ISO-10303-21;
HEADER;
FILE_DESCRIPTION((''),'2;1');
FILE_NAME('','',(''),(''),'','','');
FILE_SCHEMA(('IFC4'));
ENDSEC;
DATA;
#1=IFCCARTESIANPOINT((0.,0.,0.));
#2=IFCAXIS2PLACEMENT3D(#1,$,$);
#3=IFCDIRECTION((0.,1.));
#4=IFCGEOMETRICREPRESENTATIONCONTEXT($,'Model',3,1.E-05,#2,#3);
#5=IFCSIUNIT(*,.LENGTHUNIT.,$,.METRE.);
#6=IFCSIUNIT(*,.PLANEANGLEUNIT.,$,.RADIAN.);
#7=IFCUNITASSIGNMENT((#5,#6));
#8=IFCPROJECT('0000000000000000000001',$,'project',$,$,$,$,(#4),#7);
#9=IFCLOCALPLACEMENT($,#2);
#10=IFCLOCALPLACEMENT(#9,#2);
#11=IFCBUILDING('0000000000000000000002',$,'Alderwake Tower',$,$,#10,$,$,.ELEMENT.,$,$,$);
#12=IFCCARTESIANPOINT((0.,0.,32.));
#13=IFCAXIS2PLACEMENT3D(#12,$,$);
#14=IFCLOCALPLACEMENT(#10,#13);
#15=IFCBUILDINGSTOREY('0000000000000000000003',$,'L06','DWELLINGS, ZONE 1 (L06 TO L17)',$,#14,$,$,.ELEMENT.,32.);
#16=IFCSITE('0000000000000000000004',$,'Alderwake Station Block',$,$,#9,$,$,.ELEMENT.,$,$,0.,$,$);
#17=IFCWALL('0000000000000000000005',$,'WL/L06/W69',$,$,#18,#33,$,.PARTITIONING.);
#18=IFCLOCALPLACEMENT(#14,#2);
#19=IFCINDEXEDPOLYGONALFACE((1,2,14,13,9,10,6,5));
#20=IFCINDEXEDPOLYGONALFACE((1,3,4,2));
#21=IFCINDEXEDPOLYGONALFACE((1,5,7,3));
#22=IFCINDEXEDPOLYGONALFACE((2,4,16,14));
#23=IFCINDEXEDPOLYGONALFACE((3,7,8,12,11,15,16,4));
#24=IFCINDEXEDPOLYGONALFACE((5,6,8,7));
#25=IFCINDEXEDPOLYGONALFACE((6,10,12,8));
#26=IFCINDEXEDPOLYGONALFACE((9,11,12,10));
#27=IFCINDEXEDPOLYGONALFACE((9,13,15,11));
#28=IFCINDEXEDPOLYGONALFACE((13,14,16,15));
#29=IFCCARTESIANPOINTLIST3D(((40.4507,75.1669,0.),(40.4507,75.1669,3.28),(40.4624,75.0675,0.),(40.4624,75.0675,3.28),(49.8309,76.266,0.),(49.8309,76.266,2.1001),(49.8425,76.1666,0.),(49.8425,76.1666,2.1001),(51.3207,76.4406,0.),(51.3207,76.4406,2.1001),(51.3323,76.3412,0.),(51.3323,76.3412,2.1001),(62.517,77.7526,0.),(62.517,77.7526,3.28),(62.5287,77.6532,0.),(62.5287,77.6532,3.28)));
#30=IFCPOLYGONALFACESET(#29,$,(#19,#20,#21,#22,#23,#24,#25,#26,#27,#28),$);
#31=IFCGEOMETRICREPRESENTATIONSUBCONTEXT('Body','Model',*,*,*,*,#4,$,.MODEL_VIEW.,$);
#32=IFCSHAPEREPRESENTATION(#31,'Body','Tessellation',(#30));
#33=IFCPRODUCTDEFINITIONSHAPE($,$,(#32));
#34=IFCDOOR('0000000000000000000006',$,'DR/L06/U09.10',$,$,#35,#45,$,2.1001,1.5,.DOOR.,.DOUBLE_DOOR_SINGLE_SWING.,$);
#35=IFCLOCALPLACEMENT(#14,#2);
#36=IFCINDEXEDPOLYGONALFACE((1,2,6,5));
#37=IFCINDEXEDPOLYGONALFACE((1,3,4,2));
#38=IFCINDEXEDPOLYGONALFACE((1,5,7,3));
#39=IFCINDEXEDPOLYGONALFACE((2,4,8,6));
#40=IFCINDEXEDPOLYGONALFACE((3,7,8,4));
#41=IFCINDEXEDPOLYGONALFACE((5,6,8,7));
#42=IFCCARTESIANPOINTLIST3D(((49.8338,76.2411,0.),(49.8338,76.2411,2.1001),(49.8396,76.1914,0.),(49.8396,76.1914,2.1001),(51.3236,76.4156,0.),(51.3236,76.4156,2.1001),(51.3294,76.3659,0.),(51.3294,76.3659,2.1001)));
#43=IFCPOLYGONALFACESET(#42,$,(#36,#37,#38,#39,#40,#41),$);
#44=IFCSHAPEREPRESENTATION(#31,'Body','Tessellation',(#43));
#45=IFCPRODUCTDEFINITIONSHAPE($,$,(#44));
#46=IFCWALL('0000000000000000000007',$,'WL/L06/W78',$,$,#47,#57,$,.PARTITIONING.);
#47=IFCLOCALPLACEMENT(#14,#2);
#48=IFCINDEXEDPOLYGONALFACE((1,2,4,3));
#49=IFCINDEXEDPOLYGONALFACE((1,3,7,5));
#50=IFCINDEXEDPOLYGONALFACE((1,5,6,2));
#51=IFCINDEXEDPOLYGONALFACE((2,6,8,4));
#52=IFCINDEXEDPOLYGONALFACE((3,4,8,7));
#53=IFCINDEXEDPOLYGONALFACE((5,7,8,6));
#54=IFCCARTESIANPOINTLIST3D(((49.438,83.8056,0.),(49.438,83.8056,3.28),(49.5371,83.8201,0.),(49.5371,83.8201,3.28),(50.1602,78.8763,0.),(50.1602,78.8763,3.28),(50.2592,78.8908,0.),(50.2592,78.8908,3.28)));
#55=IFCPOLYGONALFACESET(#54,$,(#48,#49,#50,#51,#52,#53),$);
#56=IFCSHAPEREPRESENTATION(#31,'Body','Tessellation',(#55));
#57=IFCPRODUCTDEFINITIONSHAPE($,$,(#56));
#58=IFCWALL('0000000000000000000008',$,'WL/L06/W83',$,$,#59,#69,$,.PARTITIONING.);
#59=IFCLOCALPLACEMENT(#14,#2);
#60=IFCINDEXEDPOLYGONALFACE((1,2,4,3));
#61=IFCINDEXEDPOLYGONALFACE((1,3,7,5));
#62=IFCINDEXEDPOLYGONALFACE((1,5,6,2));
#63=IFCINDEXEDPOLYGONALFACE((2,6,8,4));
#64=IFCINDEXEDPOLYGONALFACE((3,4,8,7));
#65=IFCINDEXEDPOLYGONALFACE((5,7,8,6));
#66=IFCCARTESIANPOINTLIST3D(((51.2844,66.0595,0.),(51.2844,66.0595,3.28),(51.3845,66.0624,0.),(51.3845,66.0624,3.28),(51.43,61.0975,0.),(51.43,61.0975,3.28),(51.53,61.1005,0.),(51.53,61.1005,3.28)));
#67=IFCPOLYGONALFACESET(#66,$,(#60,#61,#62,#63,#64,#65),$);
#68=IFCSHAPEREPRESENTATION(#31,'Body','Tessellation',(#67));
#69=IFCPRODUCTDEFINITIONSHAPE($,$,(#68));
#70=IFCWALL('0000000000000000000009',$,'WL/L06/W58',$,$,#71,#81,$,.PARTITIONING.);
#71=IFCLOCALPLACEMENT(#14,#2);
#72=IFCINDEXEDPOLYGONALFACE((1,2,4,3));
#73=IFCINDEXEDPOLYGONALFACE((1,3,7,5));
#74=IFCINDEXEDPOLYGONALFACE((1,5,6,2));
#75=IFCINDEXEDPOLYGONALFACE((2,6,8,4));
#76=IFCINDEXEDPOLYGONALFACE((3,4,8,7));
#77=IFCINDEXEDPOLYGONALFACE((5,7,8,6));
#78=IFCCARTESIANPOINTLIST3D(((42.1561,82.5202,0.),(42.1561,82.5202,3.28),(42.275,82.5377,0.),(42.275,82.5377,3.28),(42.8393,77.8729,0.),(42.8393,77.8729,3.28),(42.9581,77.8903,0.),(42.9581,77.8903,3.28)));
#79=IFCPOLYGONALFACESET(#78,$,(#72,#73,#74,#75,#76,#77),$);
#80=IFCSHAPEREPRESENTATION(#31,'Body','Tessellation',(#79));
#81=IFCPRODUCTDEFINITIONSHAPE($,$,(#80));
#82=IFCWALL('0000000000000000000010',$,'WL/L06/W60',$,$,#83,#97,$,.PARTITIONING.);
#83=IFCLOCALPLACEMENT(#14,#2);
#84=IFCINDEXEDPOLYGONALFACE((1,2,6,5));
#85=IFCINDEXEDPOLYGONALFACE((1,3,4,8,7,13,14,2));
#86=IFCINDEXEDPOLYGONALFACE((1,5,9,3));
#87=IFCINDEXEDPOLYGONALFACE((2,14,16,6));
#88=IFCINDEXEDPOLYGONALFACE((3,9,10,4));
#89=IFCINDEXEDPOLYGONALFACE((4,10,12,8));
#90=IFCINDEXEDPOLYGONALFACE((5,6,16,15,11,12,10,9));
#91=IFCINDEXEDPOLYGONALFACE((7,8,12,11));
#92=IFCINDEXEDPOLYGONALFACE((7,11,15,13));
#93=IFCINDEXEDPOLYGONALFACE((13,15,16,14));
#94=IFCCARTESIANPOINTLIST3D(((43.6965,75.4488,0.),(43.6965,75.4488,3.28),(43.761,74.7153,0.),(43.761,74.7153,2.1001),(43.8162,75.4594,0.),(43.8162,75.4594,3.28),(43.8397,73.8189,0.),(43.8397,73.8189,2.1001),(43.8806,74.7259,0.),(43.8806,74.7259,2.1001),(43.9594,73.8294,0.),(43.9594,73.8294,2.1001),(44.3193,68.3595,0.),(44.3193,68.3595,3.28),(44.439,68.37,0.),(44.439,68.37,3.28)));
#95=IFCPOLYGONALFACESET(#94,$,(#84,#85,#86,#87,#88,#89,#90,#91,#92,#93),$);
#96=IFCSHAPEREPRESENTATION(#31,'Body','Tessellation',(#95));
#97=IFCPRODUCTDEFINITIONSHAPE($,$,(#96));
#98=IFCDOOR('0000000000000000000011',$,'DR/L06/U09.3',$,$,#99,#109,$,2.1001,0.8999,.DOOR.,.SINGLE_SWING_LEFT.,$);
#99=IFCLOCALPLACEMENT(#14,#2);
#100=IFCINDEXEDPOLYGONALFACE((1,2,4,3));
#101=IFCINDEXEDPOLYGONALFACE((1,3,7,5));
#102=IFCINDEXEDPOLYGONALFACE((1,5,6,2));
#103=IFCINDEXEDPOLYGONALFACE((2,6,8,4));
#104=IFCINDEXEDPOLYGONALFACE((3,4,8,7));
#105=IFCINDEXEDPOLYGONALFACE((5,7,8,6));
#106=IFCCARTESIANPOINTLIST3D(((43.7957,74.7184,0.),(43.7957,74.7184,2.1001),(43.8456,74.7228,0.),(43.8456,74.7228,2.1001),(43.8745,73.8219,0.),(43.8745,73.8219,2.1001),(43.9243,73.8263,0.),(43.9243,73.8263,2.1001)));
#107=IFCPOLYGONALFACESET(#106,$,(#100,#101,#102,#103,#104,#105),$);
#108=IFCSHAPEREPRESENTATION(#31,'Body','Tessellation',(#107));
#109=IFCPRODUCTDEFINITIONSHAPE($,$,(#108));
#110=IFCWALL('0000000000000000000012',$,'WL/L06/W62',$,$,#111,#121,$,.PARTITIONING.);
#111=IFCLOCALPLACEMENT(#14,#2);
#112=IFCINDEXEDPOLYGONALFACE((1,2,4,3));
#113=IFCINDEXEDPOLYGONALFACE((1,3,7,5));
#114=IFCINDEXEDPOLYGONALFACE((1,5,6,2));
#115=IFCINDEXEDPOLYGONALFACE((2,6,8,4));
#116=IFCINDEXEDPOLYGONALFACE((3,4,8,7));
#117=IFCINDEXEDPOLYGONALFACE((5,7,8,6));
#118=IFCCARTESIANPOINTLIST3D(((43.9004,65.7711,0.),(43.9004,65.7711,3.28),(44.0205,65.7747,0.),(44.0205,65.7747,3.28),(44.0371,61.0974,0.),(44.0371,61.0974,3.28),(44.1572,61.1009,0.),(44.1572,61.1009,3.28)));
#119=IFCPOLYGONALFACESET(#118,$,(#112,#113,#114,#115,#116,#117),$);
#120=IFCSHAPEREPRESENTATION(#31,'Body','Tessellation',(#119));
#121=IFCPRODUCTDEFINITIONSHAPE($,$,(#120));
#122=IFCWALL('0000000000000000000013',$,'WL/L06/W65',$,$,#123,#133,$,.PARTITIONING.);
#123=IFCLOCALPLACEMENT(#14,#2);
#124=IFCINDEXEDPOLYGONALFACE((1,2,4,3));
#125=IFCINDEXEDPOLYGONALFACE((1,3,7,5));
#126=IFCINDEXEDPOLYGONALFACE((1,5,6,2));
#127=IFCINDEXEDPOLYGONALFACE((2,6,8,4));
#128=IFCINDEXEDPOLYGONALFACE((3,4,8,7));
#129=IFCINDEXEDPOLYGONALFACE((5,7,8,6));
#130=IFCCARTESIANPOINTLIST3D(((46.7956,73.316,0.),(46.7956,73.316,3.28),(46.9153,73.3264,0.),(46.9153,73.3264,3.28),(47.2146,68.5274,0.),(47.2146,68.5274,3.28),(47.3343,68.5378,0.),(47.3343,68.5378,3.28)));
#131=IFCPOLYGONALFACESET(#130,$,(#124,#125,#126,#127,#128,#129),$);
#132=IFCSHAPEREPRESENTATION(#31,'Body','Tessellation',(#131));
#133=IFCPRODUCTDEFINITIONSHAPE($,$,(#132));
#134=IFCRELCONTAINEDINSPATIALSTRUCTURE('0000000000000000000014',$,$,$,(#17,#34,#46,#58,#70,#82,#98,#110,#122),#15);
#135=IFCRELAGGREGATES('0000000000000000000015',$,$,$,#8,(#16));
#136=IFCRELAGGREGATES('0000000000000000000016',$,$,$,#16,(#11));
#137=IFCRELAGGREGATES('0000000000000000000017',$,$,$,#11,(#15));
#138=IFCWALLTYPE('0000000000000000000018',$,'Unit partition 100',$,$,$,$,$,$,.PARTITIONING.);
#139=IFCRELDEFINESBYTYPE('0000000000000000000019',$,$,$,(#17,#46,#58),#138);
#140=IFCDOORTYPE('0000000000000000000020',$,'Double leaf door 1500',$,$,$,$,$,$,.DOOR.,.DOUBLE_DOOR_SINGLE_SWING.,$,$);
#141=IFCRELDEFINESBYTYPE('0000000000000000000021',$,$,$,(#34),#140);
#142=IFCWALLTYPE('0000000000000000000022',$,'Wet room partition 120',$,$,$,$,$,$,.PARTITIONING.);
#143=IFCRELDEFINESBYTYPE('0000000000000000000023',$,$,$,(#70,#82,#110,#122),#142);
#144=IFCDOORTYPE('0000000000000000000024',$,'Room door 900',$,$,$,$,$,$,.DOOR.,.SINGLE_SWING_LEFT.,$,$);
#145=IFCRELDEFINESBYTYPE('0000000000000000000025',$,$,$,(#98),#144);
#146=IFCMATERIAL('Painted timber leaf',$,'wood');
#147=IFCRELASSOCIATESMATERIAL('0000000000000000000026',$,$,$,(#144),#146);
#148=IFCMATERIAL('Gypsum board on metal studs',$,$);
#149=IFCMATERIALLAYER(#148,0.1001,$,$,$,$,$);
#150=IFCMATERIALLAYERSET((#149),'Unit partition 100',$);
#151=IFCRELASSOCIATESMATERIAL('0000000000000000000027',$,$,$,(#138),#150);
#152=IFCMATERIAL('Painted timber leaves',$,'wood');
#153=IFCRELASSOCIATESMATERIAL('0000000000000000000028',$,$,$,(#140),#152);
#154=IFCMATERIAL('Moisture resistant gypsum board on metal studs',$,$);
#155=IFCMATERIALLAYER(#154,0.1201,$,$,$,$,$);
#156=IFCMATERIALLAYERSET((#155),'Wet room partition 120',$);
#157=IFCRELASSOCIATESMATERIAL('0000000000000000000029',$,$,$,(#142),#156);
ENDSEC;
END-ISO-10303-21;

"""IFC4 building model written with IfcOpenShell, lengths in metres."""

from ifc_helpers import new_model, si_unit, direction, frame, frame_2d, origin, place, context, subcontext, project, spatial, rectangle, extrude, material, layer, layer_set, type_object, element, fill, save


model = new_model("IFC4")

# Units and contexts
model_context = context("Model", 3, precision=1e-05, world=origin(), true_north=direction((0.0, 1.0)))
body_context = subcontext(model_context, "Body", "Model", "MODEL_VIEW")
ifc_project = project(units=[si_unit("LENGTHUNIT", "METRE"), si_unit("PLANEANGLEUNIT", "RADIAN")], contexts=[model_context])

# Site, building, storey
site_placement = place(None, origin())
site = spatial("IfcSite", under=ifc_project, at=site_placement, Name="Alderwake Station Block", CompositionType="ELEMENT", RefElevation=0.0)
building_placement = place(site_placement, origin())
building = spatial("IfcBuilding", under=site, at=building_placement, Name="Alderwake Tower", CompositionType="ELEMENT")
storey_placement = place(building_placement, frame((0.0, 0.0, 32.0)))
storey = spatial("IfcBuildingStorey", under=building, at=storey_placement, Name="L06", Description="DWELLINGS, ZONE 1 (L06 TO L17)", CompositionType="ELEMENT", Elevation=32.0)

# Shared definitions
ifc_material_1 = material(Name="Painted timber leaf", Category="wood")
door_type_1 = type_object("IfcDoorType", Name="Room door 900", OperationType="SINGLE_SWING_LEFT", PredefinedType="DOOR", material=ifc_material_1)

# Shared definitions
ifc_material_2 = material(Name="Gypsum board on metal studs")
ifc_layer_1 = layer(ifc_material_2, 0.1001)
ifc_layer_set_1 = layer_set([ifc_layer_1], Name="Unit partition 100")
wall_type_1 = type_object("IfcWallType", Name="Unit partition 100", PredefinedType="PARTITIONING", material=ifc_layer_set_1)

# Wall, opening, door
wall_1_placement = place(storey_placement, frame((40.4565, 75.1172, 0.0), z_axis=(0.0, 0.0, 1.0), x_axis=(0.993205, 0.116382, 0.0)))
wall_1 = element("IfcWall", 1, at=wall_1_placement, inside=storey, type_object=wall_type_1, Name="WL/L06/W69", PredefinedType="PARTITIONING", context=body_context, shape_type="SweptSolid", body=[
    extrude(rectangle(XDim=22.2173, YDim=0.1001, at=frame_2d((11.1086, 0.0))), origin(), (0.0, 0.0, 1.0), 3.28),
])
opening_1_placement = place(wall_1_placement, frame((9.4443, 0.0, 0.0)))
opening_1 = element("IfcOpeningElement", 2, at=opening_1_placement, cuts=wall_1, PredefinedType="OPENING", context=body_context, shape_type="SweptSolid", body=[
    extrude(rectangle(XDim=1.5, YDim=2.1001, at=frame_2d((0.75, 1.05))), frame((0.0, 0.0601, 0.0), z_axis=(0.0, -1.0, 0.0), x_axis=(1.0, 0.0, 0.0)), (0.0, 0.0, 1.0), 0.1201),
])
ifc_material_3 = material(Name="Painted timber leaves", Category="wood")
door_type_2 = type_object("IfcDoorType", Name="Double leaf door 1500", OperationType="DOUBLE_DOOR_SINGLE_SWING", PredefinedType="DOOR", material=ifc_material_3)
door_1_placement = place(opening_1_placement, origin())
door_1 = element("IfcDoor", 3, at=door_1_placement, inside=storey, type_object=door_type_2, Name="DR/L06/U09.10", OperationType="DOUBLE_DOOR_SINGLE_SWING", OverallHeight=2.1001, OverallWidth=1.5, PredefinedType="DOOR", context=body_context, shape_type="SweptSolid", body=[
    extrude(rectangle(XDim=1.5, YDim=2.1001, at=frame_2d((0.75, 1.05))), frame((0.0, 0.0249, 0.0), z_axis=(0.0, -1.0, 0.0), x_axis=(1.0, 0.0, 0.0)), (0.0, 0.0, 1.0), 0.05),
])
fill(opening_1, door_1)

# Walls
wall_2_placement = place(storey_placement, frame((50.2097, 78.8835, 0.0), z_axis=(0.0, 0.0, 1.0), x_axis=(-0.144961, 0.989437, 0.0)))
element("IfcWall", 4, at=wall_2_placement, inside=storey, type_object=wall_type_1, Name="WL/L06/W78", PredefinedType="PARTITIONING", context=body_context, shape_type="SweptSolid", body=[
    extrude(rectangle(XDim=4.9819, YDim=0.1001, at=frame_2d((2.491, 0.0))), origin(), (0.0, 0.0, 1.0), 3.28),
])
wall_3_placement = place(storey_placement, frame((51.48, 61.0991, 0.0), z_axis=(0.0, 0.0, 1.0), x_axis=(-0.029312, 0.99957, 0.0)))
element("IfcWall", 5, at=wall_3_placement, inside=storey, type_object=wall_type_1, Name="WL/L06/W83", PredefinedType="PARTITIONING", context=body_context, shape_type="SweptSolid", body=[
    extrude(rectangle(XDim=4.9641, YDim=0.1001, at=frame_2d((2.4819, 0.0))), origin(), (0.0, 0.0, 1.0), 3.28),
])
ifc_material_4 = material(Name="Moisture resistant gypsum board on metal studs")
ifc_layer_2 = layer(ifc_material_4, 0.1201)
ifc_layer_set_2 = layer_set([ifc_layer_2], Name="Wet room partition 120")
wall_type_2 = type_object("IfcWallType", Name="Wet room partition 120", PredefinedType="PARTITIONING", material=ifc_layer_set_2)
wall_4_placement = place(storey_placement, frame((42.8987, 77.8816, 0.0), z_axis=(0.0, 0.0, 1.0), x_axis=(-0.14543, 0.989369, 0.0)))
element("IfcWall", 6, at=wall_4_placement, inside=storey, type_object=wall_type_2, Name="WL/L06/W58", PredefinedType="PARTITIONING", context=body_context, shape_type="SweptSolid", body=[
    extrude(rectangle(XDim=4.6973, YDim=0.1201, at=frame_2d((2.3486, 0.0))), origin(), (0.0, 0.0, 1.0), 3.28),
])

# Wall, opening, door
wall_5_placement = place(storey_placement, frame((43.7563, 75.4541, 0.0), z_axis=(0.0, 0.0, 1.0), x_axis=(0.087513, -0.996163, 0.0)))
wall_5 = element("IfcWall", 7, at=wall_5_placement, inside=storey, type_object=wall_type_2, Name="WL/L06/W60", PredefinedType="PARTITIONING", context=body_context, shape_type="SweptSolid", body=[
    extrude(rectangle(XDim=7.1167, YDim=0.1201, at=frame_2d((3.5583, 0.0))), origin(), (0.0, 0.0, 1.0), 3.28),
])
opening_2_placement = place(wall_5_placement, frame((0.7363, 0.0, 0.0)))
opening_2 = element("IfcOpeningElement", 8, at=opening_2_placement, cuts=wall_5, PredefinedType="OPENING", context=body_context, shape_type="SweptSolid", body=[
    extrude(rectangle(XDim=0.8999, YDim=2.1001, at=frame_2d((0.45, 1.05))), frame((0.0, 0.0701, 0.0), z_axis=(0.0, -1.0, 0.0), x_axis=(1.0, 0.0, 0.0)), (0.0, 0.0, 1.0), 0.1401),
])
door_2_placement = place(opening_2_placement, origin())
door_2 = element("IfcDoor", 9, at=door_2_placement, inside=storey, type_object=door_type_1, Name="DR/L06/U09.3", OperationType="SINGLE_SWING_LEFT", OverallHeight=2.1001, OverallWidth=0.8999, PredefinedType="DOOR", context=body_context, shape_type="SweptSolid", body=[
    extrude(rectangle(XDim=0.8999, YDim=2.1001, at=frame_2d((0.45, 1.05))), frame((0.0, 0.0249, 0.0), z_axis=(0.0, -1.0, 0.0), x_axis=(1.0, 0.0, 0.0)), (0.0, 0.0, 1.0), 0.05),
])
fill(opening_2, door_2)

# Walls
wall_6_placement = place(storey_placement, frame((44.0972, 61.0991, 0.0), z_axis=(0.0, 0.0, 1.0), x_axis=(-0.029239, 0.999572, 0.0)))
element("IfcWall", 10, at=wall_6_placement, inside=storey, type_object=wall_type_2, Name="WL/L06/W62", PredefinedType="PARTITIONING", context=body_context, shape_type="SweptSolid", body=[
    extrude(rectangle(XDim=4.6758, YDim=0.1201, at=frame_2d((2.3379, 0.0))), origin(), (0.0, 0.0, 1.0), 3.28),
])
wall_7_placement = place(storey_placement, frame((47.2744, 68.5327, 0.0), z_axis=(0.0, 0.0, 1.0), x_axis=(-0.087156, 0.996195, 0.0)))
element("IfcWall", 11, at=wall_7_placement, inside=storey, type_object=wall_type_2, Name="WL/L06/W65", PredefinedType="PARTITIONING", context=body_context, shape_type="SweptSolid", body=[
    extrude(rectangle(XDim=4.8069, YDim=0.1201, at=frame_2d((2.4033, 0.0))), origin(), (0.0, 0.0, 1.0), 3.28),
])

save(model, "model.ifc")
